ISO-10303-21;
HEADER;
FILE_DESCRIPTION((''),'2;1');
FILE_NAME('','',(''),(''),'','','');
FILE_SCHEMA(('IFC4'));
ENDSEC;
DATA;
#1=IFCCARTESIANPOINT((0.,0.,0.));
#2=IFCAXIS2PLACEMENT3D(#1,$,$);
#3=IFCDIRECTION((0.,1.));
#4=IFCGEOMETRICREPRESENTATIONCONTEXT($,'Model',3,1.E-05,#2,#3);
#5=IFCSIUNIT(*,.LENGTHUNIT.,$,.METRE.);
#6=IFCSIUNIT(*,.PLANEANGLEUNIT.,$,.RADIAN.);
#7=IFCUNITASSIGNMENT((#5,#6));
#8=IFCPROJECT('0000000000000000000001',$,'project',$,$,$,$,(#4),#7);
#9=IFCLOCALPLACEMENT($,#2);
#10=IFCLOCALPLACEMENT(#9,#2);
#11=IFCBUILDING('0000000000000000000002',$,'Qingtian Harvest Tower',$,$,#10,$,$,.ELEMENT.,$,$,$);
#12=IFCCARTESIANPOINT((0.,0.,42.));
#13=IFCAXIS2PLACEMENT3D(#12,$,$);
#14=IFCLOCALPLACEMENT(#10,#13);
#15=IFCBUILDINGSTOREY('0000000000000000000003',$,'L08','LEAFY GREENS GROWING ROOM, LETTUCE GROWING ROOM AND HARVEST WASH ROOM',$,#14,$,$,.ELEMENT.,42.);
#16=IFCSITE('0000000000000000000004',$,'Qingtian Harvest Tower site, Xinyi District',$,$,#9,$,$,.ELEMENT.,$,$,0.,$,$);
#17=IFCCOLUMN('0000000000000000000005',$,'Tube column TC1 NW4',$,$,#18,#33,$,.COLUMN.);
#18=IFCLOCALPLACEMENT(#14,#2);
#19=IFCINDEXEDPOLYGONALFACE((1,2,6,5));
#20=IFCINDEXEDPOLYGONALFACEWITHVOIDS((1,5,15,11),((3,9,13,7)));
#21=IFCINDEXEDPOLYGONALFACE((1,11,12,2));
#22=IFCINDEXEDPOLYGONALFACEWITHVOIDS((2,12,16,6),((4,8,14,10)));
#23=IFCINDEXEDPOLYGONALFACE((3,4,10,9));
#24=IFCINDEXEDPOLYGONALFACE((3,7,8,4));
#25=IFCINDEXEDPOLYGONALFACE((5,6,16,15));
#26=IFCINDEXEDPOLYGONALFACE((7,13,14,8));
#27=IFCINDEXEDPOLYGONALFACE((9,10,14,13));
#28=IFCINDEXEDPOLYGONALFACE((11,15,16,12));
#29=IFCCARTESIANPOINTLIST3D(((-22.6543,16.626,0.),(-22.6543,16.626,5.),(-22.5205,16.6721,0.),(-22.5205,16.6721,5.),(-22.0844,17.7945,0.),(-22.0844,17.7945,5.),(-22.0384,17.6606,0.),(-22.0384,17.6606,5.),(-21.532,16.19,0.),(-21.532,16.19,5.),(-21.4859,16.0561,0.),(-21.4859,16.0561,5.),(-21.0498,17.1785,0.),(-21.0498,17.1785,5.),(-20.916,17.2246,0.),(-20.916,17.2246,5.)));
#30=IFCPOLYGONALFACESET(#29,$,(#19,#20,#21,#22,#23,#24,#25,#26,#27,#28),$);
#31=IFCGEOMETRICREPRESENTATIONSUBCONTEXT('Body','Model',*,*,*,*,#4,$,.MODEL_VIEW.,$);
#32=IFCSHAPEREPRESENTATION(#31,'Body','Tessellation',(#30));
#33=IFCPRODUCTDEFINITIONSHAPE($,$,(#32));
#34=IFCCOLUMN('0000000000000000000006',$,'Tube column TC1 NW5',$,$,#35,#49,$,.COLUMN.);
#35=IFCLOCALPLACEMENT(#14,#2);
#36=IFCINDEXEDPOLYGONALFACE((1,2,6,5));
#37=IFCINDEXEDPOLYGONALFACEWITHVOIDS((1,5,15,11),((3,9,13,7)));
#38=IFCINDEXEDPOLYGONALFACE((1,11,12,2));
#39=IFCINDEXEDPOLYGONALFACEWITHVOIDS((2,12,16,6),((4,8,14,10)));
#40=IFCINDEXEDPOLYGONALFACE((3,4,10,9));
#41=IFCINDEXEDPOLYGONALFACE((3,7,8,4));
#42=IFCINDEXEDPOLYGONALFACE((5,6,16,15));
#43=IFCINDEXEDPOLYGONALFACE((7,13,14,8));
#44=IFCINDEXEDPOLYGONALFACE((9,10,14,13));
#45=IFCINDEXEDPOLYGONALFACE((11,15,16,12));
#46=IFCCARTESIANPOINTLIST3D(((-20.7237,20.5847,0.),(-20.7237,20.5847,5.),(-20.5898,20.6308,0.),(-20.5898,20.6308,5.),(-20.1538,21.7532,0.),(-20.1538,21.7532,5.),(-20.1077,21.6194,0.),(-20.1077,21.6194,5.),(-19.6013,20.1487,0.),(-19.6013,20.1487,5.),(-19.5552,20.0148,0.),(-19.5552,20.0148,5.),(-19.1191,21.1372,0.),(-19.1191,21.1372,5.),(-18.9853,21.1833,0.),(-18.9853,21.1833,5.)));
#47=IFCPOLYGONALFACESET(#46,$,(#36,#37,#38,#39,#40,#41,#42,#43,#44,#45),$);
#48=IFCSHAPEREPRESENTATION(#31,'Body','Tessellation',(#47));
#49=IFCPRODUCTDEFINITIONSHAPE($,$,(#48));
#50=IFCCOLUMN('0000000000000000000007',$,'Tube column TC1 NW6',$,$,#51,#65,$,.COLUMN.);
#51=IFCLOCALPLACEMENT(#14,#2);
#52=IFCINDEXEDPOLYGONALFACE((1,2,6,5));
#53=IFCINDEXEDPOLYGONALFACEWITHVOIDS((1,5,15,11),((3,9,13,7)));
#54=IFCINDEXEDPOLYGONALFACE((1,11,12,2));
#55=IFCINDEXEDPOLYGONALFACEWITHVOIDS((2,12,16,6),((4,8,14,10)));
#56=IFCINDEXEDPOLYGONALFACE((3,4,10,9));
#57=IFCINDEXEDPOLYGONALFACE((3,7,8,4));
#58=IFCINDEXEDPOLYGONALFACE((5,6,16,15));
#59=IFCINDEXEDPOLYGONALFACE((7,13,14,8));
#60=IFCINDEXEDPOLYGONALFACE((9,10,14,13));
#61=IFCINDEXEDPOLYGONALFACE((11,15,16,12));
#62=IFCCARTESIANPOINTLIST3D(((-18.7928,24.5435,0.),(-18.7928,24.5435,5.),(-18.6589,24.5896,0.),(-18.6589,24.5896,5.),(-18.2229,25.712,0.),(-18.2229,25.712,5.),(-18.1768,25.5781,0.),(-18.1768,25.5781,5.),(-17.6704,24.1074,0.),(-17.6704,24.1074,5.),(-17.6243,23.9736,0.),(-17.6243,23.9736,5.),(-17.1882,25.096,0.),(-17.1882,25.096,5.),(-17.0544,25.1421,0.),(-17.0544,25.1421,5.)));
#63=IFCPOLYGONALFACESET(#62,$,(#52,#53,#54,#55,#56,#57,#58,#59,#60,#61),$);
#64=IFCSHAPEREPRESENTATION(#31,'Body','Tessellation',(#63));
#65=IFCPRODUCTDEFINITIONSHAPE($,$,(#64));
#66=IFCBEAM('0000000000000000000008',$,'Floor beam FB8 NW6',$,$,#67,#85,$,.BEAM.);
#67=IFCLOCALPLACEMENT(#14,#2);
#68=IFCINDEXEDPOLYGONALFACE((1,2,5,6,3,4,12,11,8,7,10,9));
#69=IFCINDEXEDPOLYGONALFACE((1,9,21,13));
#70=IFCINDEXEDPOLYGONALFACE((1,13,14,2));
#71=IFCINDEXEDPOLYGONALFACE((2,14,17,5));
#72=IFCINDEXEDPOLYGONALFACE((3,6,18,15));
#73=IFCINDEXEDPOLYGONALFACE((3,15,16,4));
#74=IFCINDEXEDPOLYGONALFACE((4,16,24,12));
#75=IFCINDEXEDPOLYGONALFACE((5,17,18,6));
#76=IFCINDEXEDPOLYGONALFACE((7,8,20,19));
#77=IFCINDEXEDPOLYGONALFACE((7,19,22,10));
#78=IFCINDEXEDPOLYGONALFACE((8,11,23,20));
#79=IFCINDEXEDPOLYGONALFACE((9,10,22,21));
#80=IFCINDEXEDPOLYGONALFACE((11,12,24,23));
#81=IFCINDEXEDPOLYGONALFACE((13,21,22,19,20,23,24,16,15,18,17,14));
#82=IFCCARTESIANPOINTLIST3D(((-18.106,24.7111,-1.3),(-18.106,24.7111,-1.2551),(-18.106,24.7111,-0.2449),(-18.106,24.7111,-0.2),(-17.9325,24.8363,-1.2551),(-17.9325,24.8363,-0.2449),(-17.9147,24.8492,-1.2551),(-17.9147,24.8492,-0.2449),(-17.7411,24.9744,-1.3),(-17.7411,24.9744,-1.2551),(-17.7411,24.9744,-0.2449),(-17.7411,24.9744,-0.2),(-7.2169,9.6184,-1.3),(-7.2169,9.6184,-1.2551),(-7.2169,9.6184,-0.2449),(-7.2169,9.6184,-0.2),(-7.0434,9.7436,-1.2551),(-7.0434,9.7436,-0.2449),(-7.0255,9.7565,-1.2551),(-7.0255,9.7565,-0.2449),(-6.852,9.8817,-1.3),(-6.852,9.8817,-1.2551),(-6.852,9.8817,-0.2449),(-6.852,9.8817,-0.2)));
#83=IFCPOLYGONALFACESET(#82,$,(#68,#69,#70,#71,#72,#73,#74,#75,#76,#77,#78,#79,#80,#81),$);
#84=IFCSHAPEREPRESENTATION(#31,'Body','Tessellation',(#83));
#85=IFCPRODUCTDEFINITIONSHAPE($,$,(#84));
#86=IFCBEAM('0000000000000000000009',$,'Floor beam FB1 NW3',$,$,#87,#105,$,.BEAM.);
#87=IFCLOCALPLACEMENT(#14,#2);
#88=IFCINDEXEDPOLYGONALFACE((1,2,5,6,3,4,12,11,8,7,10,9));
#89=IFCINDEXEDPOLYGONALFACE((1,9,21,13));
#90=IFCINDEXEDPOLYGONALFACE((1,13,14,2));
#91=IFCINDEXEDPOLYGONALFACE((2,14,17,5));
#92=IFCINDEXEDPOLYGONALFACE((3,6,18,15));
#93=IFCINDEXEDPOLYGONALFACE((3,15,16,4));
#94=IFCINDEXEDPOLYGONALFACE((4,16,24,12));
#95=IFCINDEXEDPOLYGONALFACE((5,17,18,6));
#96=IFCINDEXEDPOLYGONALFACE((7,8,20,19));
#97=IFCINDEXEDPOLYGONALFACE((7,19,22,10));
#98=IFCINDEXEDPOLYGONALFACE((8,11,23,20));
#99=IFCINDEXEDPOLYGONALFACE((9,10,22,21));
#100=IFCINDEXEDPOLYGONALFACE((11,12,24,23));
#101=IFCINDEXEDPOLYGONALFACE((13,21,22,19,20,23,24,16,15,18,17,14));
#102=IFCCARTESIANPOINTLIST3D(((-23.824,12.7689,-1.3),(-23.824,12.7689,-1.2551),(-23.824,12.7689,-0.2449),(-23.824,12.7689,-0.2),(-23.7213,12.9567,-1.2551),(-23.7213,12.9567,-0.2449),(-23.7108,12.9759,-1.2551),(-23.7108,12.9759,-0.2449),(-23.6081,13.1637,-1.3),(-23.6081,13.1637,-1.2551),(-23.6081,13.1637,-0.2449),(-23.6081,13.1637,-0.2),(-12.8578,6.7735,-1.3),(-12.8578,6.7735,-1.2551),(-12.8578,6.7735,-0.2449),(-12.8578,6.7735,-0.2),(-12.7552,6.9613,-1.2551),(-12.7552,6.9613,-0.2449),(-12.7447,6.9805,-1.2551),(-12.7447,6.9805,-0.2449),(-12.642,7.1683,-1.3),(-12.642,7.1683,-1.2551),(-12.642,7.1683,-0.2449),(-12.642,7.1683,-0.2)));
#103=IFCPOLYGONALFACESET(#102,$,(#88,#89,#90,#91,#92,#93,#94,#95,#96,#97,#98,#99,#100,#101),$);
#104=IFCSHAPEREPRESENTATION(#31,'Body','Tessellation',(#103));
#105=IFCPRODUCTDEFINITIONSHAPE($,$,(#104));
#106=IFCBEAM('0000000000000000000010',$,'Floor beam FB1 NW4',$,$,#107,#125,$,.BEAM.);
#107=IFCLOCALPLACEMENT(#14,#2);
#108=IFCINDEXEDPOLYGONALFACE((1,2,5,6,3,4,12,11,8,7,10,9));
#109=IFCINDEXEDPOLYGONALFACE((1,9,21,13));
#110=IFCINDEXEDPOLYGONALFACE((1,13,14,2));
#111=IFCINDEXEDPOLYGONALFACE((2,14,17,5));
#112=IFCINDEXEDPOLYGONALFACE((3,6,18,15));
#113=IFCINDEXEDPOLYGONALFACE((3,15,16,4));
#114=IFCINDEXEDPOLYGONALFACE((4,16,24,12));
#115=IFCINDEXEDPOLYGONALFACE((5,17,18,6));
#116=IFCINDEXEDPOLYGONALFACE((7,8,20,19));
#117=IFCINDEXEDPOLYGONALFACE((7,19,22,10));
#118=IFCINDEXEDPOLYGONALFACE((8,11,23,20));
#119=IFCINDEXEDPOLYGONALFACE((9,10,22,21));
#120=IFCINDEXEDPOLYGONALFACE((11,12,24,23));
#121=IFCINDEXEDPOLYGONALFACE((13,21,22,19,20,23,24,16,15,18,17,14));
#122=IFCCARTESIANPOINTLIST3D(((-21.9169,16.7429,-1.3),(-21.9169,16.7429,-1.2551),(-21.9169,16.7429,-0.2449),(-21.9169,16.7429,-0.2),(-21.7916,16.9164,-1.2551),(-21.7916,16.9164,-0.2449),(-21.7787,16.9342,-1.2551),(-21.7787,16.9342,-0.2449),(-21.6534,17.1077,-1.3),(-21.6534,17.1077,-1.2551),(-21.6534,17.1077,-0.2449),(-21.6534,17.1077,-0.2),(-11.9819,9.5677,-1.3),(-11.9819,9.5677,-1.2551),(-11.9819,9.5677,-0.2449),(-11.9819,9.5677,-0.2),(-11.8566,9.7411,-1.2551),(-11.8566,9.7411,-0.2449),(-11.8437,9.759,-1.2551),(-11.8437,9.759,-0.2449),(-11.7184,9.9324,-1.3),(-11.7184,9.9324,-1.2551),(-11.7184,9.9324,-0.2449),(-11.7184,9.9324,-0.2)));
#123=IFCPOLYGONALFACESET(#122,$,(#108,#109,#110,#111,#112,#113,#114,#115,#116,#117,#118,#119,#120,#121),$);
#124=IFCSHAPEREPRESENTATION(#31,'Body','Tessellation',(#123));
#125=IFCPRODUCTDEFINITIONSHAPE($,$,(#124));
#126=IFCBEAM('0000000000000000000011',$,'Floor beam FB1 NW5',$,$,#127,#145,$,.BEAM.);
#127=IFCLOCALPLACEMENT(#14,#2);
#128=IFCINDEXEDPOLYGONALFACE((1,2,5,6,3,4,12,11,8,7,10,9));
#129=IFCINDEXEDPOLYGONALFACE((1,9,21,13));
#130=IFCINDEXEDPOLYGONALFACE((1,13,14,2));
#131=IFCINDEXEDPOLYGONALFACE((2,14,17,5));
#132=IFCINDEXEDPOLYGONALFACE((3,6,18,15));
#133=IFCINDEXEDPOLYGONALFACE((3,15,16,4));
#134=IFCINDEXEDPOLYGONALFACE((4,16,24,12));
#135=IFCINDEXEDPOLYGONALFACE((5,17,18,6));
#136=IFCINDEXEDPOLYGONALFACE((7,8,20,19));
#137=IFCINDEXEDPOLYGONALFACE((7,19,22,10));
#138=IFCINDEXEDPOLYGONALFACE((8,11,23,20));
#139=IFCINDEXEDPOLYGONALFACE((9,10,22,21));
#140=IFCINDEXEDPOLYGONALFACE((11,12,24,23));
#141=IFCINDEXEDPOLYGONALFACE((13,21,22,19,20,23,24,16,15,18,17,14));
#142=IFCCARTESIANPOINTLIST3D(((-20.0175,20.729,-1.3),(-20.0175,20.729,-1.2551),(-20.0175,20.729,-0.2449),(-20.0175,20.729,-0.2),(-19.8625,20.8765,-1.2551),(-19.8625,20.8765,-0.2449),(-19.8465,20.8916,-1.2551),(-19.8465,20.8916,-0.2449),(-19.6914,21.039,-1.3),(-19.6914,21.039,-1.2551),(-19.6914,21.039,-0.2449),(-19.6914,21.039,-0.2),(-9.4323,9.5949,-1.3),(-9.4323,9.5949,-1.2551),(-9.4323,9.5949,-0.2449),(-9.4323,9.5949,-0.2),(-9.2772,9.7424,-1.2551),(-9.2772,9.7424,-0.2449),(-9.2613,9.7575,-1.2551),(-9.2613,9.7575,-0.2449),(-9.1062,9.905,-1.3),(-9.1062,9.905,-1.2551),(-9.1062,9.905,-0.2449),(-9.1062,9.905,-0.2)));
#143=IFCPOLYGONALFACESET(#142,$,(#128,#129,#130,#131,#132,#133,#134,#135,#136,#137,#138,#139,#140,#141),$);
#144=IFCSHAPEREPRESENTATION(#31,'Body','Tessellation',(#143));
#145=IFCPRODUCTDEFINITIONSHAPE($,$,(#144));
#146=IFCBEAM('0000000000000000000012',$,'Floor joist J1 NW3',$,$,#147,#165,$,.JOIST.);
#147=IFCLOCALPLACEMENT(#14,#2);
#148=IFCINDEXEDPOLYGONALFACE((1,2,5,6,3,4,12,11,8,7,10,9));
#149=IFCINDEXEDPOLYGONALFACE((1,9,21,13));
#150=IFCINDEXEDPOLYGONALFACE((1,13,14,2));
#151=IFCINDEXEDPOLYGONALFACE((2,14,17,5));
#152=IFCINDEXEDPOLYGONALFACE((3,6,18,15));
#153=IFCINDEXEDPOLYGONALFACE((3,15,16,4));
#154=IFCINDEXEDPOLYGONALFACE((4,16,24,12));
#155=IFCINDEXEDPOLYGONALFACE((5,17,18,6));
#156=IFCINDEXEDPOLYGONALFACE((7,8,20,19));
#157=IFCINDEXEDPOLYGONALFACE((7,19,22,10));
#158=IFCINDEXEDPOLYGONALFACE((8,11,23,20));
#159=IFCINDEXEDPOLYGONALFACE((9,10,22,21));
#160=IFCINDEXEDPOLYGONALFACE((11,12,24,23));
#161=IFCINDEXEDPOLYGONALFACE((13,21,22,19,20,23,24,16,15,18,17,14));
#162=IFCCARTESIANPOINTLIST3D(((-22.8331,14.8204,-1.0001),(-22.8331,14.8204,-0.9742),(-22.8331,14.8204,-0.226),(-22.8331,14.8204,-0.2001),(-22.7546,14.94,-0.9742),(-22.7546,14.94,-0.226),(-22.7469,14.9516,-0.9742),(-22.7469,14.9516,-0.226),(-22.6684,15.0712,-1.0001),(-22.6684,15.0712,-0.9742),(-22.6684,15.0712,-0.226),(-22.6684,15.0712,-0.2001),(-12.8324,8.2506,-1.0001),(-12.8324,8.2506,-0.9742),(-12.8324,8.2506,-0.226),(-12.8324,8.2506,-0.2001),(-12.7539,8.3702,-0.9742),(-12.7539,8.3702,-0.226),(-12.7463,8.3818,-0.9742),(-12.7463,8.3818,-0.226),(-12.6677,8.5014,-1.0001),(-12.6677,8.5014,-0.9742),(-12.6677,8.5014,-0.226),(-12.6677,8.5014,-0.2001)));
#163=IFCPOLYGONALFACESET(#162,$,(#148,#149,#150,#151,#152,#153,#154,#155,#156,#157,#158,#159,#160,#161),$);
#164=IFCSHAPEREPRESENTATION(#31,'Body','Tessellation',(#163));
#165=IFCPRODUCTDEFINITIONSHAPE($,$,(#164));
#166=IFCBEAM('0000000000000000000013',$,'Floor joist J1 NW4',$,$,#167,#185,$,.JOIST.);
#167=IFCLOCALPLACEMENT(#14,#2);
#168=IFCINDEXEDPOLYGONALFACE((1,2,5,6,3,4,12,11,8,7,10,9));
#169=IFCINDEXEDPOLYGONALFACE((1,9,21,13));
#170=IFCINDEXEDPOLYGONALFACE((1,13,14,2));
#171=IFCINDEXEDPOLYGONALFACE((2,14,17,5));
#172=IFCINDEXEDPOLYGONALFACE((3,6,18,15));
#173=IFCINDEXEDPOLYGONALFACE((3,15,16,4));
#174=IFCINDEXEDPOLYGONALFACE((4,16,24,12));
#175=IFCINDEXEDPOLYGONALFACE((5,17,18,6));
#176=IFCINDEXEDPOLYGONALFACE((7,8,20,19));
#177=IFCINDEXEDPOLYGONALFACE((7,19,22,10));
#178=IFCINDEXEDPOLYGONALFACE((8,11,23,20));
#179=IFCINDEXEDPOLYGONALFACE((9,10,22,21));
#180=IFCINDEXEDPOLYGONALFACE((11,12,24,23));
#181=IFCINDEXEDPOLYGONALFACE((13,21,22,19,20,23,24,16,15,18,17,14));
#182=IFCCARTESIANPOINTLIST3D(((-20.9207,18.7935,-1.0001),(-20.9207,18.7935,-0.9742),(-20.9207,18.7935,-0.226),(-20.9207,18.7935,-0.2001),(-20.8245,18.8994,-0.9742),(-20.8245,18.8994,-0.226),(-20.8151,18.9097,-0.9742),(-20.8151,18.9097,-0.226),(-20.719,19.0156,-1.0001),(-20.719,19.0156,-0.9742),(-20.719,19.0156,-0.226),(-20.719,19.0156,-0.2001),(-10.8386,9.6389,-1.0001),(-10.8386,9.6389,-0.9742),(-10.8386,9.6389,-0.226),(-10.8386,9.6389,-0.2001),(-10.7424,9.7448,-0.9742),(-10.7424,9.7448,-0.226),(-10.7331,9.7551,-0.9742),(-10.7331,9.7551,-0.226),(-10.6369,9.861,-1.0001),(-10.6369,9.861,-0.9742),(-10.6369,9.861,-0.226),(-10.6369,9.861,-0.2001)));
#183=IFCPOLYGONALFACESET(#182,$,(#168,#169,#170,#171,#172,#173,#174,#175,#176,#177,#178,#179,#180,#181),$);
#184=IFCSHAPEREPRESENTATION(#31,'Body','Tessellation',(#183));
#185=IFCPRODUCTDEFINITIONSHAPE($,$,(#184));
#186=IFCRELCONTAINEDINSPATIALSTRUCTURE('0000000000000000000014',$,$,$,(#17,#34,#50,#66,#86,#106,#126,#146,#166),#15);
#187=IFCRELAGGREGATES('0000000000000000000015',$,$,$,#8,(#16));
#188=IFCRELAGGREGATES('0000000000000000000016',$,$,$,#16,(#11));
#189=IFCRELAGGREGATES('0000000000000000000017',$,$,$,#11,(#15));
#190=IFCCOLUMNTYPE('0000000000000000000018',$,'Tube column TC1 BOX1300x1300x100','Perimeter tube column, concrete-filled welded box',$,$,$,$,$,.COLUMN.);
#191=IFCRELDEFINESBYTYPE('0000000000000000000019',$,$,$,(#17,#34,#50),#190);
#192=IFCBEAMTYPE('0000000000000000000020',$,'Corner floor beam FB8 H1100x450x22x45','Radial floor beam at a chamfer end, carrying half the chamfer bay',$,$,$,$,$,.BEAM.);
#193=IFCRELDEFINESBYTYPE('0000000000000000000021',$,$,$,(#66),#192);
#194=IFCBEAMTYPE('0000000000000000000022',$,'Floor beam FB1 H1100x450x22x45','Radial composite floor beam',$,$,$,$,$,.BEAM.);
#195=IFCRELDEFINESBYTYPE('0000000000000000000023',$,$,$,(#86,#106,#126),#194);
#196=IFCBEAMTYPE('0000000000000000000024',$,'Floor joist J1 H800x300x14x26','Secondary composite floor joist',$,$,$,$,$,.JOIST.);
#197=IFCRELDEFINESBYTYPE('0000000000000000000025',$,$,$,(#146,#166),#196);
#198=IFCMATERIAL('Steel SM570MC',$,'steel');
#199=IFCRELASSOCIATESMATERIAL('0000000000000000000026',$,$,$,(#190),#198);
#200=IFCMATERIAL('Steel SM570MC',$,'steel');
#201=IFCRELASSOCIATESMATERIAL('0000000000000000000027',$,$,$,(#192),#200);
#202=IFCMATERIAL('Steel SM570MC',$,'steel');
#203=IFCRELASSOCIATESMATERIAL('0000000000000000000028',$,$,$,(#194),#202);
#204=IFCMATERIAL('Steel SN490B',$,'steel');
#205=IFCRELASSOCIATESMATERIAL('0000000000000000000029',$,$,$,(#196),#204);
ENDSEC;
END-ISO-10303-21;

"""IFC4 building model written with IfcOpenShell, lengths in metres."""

from ifc_helpers import new_model, si_unit, direction, frame, origin, origin_2d, place, context, subcontext, project, spatial, hollow_rectangle, i_section, extrude, material, material_profile, profile_set, type_object, element, save


model = new_model("IFC4")

# Units and contexts
model_context = context("Model", 3, precision=1e-05, world=origin(), true_north=direction((0.0, 1.0)))
body_context = subcontext(model_context, "Body", "Model", "MODEL_VIEW")
ifc_project = project(units=[si_unit("LENGTHUNIT", "METRE"), si_unit("PLANEANGLEUNIT", "RADIAN")], contexts=[model_context])

# Site, building, storey
site_placement = place(None, origin())
site = spatial("IfcSite", under=ifc_project, at=site_placement, Name="Qingtian Harvest Tower site, Xinyi District", CompositionType="ELEMENT", RefElevation=0.0)
building_placement = place(site_placement, origin())
building = spatial("IfcBuilding", under=site, at=building_placement, Name="Qingtian Harvest Tower", CompositionType="ELEMENT")
storey_placement = place(building_placement, frame((0.0, 0.0, 42.0)))
storey = spatial("IfcBuildingStorey", under=building, at=storey_placement, Name="L08", Description="LEAFY GREENS GROWING ROOM, LETTUCE GROWING ROOM AND HARVEST WASH ROOM", CompositionType="ELEMENT", Elevation=42.0)

# Columns
ifc_material_1 = material(Name="Steel SM570MC", Category="steel")
ifc_material_profile_1 = material_profile(ifc_material_1, hollow_rectangle(XDim=1.3, YDim=1.3, WallThickness=0.1001, at=origin_2d()), Name="BOX1300x1300x100")
ifc_profile_set_1 = profile_set([ifc_material_profile_1], Name="Steel SM570MC")
column_type = type_object("IfcColumnType", Name="Tube column TC1 BOX1300x1300x100", Description="Perimeter tube column, concrete-filled welded box", PredefinedType="COLUMN", material=ifc_profile_set_1)
for number, where, z_axis, x_axis, name in (
    (1, (-21.7852, 16.9253, 0.0), (0.0, 0.0, 1.0), (-0.438371, -0.898794, 0.0), "Tube column TC1 NW4"),
    (2, (-19.8545, 20.884, 0.0), (0.0, 0.0, 1.0), (-0.438371, -0.898794, 0.0), "Tube column TC1 NW5"),
    (3, (-17.9236, 24.8428, 0.0), (0.0, 0.0, 1.0), (-0.438371, -0.898794, 0.0), "Tube column TC1 NW6"),
):
    element("IfcColumn", number, at=place(storey_placement, frame(where, z_axis=z_axis, x_axis=x_axis)), inside=storey, type_object=column_type, Name=name, PredefinedType="COLUMN", context=body_context, shape_type="SweptSolid", body=[
        extrude(hollow_rectangle(XDim=1.3, YDim=1.3, WallThickness=0.1001, at=origin_2d()), origin(), (0.0, 0.0, 1.0), 5.0),
    ])

# Beams
ifc_material_2 = material(Name="Steel SM570MC", Category="steel")
ifc_material_profile_2 = material_profile(ifc_material_2, i_section(OverallWidth=0.45, OverallDepth=1.1001, WebThickness=0.022, FlangeThickness=0.0449, at=origin_2d()), Name="H1100x450x22x45")
ifc_profile_set_2 = profile_set([ifc_material_profile_2], Name="Steel SM570MC")
beam_type_1 = type_object("IfcBeamType", Name="Corner floor beam FB8 H1100x450x22x45", Description="Radial floor beam at a chamfer end, carrying half the chamfer bay", PredefinedType="BEAM", material=ifc_profile_set_2)
beam_1_placement = place(storey_placement, frame((-17.9236, 24.8428, -0.75), z_axis=(0.585096, -0.810964, 0.0), x_axis=(0.810964, 0.585096, 0.0)))
element("IfcBeam", 4, at=beam_1_placement, inside=storey, type_object=beam_type_1, Name="Floor beam FB8 NW6", PredefinedType="BEAM", context=body_context, shape_type="SweptSolid", body=[
    extrude(i_section(OverallWidth=0.45, OverallDepth=1.1001, WebThickness=0.022, FlangeThickness=0.0449, at=origin_2d()), origin(), (0.0, 0.0, 1.0), 18.6108),
])
ifc_material_3 = material(Name="Steel SM570MC", Category="steel")
ifc_material_profile_3 = material_profile(ifc_material_3, i_section(OverallWidth=0.45, OverallDepth=1.1001, WebThickness=0.022, FlangeThickness=0.0449, at=origin_2d()), Name="H1100x450x22x45")
ifc_profile_set_3 = profile_set([ifc_material_profile_3], Name="Steel SM570MC")
beam_type_2 = type_object("IfcBeamType", Name="Floor beam FB1 H1100x450x22x45", Description="Radial composite floor beam", PredefinedType="BEAM", material=ifc_profile_set_3)
beam_2_placement = place(storey_placement, frame((-23.7161, 12.9663, -0.75), z_axis=(0.877429, -0.479707, 0.0), x_axis=(0.479707, 0.877429, 0.0)))
element("IfcBeam", 5, at=beam_2_placement, inside=storey, type_object=beam_type_2, Name="Floor beam FB1 NW3", PredefinedType="BEAM", context=body_context, shape_type="SweptSolid", body=[
    extrude(i_section(OverallWidth=0.45, OverallDepth=1.1001, WebThickness=0.022, FlangeThickness=0.0449, at=origin_2d()), origin(), (0.0, 0.0, 1.0), 12.498),
])
beam_3_placement = place(storey_placement, frame((-21.7852, 16.9253, -0.75), z_axis=(0.81068, -0.585489, 0.0), x_axis=(0.585489, 0.81068, 0.0)))
element("IfcBeam", 6, at=beam_3_placement, inside=storey, type_object=beam_type_2, Name="Floor beam FB1 NW4", PredefinedType="BEAM", context=body_context, shape_type="SweptSolid", body=[
    extrude(i_section(OverallWidth=0.45, OverallDepth=1.1001, WebThickness=0.022, FlangeThickness=0.0449, at=origin_2d()), origin(), (0.0, 0.0, 1.0), 12.2551),
])
beam_4_placement = place(storey_placement, frame((-19.8545, 20.884, -0.75), z_axis=(0.689019, -0.724743, 0.0), x_axis=(0.724743, 0.689019, 0.0)))
element("IfcBeam", 7, at=beam_4_placement, inside=storey, type_object=beam_type_2, Name="Floor beam FB1 NW5", PredefinedType="BEAM", context=body_context, shape_type="SweptSolid", body=[
    extrude(i_section(OverallWidth=0.45, OverallDepth=1.1001, WebThickness=0.022, FlangeThickness=0.0449, at=origin_2d()), origin(), (0.0, 0.0, 1.0), 15.3628),
])
ifc_material_4 = material(Name="Steel SN490B", Category="steel")
ifc_material_profile_4 = material_profile(ifc_material_4, i_section(OverallWidth=0.3, OverallDepth=0.8, WebThickness=0.0139, FlangeThickness=0.0259, at=origin_2d()), Name="H800x300x14x26")
ifc_profile_set_4 = profile_set([ifc_material_profile_4], Name="Steel SN490B")
beam_type_3 = type_object("IfcBeamType", Name="Floor joist J1 H800x300x14x26", Description="Secondary composite floor joist", PredefinedType="JOIST", material=ifc_profile_set_4)
beam_5_placement = place(storey_placement, frame((-22.7507, 14.9458, -0.6001), z_axis=(0.835785, -0.549056, 0.0), x_axis=(0.549056, 0.835785, 0.0)))
element("IfcBeam", 8, at=beam_5_placement, inside=storey, type_object=beam_type_3, Name="Floor joist J1 NW3", PredefinedType="JOIST", context=body_context, shape_type="SweptSolid", body=[
    extrude(i_section(OverallWidth=0.3, OverallDepth=0.8, WebThickness=0.0139, FlangeThickness=0.0259, at=origin_2d()), origin(), (0.0, 0.0, 1.0), 11.9656),
])
beam_6_placement = place(storey_placement, frame((-20.8198, 18.9045, -0.6001), z_axis=(0.74034, -0.672233, 0.0), x_axis=(0.672233, 0.74034, 0.0)))
element("IfcBeam", 9, at=beam_6_placement, inside=storey, type_object=beam_type_3, Name="Floor joist J1 NW4", PredefinedType="JOIST", context=body_context, shape_type="SweptSolid", body=[
    extrude(i_section(OverallWidth=0.3, OverallDepth=0.8, WebThickness=0.0139, FlangeThickness=0.0259, at=origin_2d()), origin(), (0.0, 0.0, 1.0), 13.6182),
])

save(model, "model.ifc")
